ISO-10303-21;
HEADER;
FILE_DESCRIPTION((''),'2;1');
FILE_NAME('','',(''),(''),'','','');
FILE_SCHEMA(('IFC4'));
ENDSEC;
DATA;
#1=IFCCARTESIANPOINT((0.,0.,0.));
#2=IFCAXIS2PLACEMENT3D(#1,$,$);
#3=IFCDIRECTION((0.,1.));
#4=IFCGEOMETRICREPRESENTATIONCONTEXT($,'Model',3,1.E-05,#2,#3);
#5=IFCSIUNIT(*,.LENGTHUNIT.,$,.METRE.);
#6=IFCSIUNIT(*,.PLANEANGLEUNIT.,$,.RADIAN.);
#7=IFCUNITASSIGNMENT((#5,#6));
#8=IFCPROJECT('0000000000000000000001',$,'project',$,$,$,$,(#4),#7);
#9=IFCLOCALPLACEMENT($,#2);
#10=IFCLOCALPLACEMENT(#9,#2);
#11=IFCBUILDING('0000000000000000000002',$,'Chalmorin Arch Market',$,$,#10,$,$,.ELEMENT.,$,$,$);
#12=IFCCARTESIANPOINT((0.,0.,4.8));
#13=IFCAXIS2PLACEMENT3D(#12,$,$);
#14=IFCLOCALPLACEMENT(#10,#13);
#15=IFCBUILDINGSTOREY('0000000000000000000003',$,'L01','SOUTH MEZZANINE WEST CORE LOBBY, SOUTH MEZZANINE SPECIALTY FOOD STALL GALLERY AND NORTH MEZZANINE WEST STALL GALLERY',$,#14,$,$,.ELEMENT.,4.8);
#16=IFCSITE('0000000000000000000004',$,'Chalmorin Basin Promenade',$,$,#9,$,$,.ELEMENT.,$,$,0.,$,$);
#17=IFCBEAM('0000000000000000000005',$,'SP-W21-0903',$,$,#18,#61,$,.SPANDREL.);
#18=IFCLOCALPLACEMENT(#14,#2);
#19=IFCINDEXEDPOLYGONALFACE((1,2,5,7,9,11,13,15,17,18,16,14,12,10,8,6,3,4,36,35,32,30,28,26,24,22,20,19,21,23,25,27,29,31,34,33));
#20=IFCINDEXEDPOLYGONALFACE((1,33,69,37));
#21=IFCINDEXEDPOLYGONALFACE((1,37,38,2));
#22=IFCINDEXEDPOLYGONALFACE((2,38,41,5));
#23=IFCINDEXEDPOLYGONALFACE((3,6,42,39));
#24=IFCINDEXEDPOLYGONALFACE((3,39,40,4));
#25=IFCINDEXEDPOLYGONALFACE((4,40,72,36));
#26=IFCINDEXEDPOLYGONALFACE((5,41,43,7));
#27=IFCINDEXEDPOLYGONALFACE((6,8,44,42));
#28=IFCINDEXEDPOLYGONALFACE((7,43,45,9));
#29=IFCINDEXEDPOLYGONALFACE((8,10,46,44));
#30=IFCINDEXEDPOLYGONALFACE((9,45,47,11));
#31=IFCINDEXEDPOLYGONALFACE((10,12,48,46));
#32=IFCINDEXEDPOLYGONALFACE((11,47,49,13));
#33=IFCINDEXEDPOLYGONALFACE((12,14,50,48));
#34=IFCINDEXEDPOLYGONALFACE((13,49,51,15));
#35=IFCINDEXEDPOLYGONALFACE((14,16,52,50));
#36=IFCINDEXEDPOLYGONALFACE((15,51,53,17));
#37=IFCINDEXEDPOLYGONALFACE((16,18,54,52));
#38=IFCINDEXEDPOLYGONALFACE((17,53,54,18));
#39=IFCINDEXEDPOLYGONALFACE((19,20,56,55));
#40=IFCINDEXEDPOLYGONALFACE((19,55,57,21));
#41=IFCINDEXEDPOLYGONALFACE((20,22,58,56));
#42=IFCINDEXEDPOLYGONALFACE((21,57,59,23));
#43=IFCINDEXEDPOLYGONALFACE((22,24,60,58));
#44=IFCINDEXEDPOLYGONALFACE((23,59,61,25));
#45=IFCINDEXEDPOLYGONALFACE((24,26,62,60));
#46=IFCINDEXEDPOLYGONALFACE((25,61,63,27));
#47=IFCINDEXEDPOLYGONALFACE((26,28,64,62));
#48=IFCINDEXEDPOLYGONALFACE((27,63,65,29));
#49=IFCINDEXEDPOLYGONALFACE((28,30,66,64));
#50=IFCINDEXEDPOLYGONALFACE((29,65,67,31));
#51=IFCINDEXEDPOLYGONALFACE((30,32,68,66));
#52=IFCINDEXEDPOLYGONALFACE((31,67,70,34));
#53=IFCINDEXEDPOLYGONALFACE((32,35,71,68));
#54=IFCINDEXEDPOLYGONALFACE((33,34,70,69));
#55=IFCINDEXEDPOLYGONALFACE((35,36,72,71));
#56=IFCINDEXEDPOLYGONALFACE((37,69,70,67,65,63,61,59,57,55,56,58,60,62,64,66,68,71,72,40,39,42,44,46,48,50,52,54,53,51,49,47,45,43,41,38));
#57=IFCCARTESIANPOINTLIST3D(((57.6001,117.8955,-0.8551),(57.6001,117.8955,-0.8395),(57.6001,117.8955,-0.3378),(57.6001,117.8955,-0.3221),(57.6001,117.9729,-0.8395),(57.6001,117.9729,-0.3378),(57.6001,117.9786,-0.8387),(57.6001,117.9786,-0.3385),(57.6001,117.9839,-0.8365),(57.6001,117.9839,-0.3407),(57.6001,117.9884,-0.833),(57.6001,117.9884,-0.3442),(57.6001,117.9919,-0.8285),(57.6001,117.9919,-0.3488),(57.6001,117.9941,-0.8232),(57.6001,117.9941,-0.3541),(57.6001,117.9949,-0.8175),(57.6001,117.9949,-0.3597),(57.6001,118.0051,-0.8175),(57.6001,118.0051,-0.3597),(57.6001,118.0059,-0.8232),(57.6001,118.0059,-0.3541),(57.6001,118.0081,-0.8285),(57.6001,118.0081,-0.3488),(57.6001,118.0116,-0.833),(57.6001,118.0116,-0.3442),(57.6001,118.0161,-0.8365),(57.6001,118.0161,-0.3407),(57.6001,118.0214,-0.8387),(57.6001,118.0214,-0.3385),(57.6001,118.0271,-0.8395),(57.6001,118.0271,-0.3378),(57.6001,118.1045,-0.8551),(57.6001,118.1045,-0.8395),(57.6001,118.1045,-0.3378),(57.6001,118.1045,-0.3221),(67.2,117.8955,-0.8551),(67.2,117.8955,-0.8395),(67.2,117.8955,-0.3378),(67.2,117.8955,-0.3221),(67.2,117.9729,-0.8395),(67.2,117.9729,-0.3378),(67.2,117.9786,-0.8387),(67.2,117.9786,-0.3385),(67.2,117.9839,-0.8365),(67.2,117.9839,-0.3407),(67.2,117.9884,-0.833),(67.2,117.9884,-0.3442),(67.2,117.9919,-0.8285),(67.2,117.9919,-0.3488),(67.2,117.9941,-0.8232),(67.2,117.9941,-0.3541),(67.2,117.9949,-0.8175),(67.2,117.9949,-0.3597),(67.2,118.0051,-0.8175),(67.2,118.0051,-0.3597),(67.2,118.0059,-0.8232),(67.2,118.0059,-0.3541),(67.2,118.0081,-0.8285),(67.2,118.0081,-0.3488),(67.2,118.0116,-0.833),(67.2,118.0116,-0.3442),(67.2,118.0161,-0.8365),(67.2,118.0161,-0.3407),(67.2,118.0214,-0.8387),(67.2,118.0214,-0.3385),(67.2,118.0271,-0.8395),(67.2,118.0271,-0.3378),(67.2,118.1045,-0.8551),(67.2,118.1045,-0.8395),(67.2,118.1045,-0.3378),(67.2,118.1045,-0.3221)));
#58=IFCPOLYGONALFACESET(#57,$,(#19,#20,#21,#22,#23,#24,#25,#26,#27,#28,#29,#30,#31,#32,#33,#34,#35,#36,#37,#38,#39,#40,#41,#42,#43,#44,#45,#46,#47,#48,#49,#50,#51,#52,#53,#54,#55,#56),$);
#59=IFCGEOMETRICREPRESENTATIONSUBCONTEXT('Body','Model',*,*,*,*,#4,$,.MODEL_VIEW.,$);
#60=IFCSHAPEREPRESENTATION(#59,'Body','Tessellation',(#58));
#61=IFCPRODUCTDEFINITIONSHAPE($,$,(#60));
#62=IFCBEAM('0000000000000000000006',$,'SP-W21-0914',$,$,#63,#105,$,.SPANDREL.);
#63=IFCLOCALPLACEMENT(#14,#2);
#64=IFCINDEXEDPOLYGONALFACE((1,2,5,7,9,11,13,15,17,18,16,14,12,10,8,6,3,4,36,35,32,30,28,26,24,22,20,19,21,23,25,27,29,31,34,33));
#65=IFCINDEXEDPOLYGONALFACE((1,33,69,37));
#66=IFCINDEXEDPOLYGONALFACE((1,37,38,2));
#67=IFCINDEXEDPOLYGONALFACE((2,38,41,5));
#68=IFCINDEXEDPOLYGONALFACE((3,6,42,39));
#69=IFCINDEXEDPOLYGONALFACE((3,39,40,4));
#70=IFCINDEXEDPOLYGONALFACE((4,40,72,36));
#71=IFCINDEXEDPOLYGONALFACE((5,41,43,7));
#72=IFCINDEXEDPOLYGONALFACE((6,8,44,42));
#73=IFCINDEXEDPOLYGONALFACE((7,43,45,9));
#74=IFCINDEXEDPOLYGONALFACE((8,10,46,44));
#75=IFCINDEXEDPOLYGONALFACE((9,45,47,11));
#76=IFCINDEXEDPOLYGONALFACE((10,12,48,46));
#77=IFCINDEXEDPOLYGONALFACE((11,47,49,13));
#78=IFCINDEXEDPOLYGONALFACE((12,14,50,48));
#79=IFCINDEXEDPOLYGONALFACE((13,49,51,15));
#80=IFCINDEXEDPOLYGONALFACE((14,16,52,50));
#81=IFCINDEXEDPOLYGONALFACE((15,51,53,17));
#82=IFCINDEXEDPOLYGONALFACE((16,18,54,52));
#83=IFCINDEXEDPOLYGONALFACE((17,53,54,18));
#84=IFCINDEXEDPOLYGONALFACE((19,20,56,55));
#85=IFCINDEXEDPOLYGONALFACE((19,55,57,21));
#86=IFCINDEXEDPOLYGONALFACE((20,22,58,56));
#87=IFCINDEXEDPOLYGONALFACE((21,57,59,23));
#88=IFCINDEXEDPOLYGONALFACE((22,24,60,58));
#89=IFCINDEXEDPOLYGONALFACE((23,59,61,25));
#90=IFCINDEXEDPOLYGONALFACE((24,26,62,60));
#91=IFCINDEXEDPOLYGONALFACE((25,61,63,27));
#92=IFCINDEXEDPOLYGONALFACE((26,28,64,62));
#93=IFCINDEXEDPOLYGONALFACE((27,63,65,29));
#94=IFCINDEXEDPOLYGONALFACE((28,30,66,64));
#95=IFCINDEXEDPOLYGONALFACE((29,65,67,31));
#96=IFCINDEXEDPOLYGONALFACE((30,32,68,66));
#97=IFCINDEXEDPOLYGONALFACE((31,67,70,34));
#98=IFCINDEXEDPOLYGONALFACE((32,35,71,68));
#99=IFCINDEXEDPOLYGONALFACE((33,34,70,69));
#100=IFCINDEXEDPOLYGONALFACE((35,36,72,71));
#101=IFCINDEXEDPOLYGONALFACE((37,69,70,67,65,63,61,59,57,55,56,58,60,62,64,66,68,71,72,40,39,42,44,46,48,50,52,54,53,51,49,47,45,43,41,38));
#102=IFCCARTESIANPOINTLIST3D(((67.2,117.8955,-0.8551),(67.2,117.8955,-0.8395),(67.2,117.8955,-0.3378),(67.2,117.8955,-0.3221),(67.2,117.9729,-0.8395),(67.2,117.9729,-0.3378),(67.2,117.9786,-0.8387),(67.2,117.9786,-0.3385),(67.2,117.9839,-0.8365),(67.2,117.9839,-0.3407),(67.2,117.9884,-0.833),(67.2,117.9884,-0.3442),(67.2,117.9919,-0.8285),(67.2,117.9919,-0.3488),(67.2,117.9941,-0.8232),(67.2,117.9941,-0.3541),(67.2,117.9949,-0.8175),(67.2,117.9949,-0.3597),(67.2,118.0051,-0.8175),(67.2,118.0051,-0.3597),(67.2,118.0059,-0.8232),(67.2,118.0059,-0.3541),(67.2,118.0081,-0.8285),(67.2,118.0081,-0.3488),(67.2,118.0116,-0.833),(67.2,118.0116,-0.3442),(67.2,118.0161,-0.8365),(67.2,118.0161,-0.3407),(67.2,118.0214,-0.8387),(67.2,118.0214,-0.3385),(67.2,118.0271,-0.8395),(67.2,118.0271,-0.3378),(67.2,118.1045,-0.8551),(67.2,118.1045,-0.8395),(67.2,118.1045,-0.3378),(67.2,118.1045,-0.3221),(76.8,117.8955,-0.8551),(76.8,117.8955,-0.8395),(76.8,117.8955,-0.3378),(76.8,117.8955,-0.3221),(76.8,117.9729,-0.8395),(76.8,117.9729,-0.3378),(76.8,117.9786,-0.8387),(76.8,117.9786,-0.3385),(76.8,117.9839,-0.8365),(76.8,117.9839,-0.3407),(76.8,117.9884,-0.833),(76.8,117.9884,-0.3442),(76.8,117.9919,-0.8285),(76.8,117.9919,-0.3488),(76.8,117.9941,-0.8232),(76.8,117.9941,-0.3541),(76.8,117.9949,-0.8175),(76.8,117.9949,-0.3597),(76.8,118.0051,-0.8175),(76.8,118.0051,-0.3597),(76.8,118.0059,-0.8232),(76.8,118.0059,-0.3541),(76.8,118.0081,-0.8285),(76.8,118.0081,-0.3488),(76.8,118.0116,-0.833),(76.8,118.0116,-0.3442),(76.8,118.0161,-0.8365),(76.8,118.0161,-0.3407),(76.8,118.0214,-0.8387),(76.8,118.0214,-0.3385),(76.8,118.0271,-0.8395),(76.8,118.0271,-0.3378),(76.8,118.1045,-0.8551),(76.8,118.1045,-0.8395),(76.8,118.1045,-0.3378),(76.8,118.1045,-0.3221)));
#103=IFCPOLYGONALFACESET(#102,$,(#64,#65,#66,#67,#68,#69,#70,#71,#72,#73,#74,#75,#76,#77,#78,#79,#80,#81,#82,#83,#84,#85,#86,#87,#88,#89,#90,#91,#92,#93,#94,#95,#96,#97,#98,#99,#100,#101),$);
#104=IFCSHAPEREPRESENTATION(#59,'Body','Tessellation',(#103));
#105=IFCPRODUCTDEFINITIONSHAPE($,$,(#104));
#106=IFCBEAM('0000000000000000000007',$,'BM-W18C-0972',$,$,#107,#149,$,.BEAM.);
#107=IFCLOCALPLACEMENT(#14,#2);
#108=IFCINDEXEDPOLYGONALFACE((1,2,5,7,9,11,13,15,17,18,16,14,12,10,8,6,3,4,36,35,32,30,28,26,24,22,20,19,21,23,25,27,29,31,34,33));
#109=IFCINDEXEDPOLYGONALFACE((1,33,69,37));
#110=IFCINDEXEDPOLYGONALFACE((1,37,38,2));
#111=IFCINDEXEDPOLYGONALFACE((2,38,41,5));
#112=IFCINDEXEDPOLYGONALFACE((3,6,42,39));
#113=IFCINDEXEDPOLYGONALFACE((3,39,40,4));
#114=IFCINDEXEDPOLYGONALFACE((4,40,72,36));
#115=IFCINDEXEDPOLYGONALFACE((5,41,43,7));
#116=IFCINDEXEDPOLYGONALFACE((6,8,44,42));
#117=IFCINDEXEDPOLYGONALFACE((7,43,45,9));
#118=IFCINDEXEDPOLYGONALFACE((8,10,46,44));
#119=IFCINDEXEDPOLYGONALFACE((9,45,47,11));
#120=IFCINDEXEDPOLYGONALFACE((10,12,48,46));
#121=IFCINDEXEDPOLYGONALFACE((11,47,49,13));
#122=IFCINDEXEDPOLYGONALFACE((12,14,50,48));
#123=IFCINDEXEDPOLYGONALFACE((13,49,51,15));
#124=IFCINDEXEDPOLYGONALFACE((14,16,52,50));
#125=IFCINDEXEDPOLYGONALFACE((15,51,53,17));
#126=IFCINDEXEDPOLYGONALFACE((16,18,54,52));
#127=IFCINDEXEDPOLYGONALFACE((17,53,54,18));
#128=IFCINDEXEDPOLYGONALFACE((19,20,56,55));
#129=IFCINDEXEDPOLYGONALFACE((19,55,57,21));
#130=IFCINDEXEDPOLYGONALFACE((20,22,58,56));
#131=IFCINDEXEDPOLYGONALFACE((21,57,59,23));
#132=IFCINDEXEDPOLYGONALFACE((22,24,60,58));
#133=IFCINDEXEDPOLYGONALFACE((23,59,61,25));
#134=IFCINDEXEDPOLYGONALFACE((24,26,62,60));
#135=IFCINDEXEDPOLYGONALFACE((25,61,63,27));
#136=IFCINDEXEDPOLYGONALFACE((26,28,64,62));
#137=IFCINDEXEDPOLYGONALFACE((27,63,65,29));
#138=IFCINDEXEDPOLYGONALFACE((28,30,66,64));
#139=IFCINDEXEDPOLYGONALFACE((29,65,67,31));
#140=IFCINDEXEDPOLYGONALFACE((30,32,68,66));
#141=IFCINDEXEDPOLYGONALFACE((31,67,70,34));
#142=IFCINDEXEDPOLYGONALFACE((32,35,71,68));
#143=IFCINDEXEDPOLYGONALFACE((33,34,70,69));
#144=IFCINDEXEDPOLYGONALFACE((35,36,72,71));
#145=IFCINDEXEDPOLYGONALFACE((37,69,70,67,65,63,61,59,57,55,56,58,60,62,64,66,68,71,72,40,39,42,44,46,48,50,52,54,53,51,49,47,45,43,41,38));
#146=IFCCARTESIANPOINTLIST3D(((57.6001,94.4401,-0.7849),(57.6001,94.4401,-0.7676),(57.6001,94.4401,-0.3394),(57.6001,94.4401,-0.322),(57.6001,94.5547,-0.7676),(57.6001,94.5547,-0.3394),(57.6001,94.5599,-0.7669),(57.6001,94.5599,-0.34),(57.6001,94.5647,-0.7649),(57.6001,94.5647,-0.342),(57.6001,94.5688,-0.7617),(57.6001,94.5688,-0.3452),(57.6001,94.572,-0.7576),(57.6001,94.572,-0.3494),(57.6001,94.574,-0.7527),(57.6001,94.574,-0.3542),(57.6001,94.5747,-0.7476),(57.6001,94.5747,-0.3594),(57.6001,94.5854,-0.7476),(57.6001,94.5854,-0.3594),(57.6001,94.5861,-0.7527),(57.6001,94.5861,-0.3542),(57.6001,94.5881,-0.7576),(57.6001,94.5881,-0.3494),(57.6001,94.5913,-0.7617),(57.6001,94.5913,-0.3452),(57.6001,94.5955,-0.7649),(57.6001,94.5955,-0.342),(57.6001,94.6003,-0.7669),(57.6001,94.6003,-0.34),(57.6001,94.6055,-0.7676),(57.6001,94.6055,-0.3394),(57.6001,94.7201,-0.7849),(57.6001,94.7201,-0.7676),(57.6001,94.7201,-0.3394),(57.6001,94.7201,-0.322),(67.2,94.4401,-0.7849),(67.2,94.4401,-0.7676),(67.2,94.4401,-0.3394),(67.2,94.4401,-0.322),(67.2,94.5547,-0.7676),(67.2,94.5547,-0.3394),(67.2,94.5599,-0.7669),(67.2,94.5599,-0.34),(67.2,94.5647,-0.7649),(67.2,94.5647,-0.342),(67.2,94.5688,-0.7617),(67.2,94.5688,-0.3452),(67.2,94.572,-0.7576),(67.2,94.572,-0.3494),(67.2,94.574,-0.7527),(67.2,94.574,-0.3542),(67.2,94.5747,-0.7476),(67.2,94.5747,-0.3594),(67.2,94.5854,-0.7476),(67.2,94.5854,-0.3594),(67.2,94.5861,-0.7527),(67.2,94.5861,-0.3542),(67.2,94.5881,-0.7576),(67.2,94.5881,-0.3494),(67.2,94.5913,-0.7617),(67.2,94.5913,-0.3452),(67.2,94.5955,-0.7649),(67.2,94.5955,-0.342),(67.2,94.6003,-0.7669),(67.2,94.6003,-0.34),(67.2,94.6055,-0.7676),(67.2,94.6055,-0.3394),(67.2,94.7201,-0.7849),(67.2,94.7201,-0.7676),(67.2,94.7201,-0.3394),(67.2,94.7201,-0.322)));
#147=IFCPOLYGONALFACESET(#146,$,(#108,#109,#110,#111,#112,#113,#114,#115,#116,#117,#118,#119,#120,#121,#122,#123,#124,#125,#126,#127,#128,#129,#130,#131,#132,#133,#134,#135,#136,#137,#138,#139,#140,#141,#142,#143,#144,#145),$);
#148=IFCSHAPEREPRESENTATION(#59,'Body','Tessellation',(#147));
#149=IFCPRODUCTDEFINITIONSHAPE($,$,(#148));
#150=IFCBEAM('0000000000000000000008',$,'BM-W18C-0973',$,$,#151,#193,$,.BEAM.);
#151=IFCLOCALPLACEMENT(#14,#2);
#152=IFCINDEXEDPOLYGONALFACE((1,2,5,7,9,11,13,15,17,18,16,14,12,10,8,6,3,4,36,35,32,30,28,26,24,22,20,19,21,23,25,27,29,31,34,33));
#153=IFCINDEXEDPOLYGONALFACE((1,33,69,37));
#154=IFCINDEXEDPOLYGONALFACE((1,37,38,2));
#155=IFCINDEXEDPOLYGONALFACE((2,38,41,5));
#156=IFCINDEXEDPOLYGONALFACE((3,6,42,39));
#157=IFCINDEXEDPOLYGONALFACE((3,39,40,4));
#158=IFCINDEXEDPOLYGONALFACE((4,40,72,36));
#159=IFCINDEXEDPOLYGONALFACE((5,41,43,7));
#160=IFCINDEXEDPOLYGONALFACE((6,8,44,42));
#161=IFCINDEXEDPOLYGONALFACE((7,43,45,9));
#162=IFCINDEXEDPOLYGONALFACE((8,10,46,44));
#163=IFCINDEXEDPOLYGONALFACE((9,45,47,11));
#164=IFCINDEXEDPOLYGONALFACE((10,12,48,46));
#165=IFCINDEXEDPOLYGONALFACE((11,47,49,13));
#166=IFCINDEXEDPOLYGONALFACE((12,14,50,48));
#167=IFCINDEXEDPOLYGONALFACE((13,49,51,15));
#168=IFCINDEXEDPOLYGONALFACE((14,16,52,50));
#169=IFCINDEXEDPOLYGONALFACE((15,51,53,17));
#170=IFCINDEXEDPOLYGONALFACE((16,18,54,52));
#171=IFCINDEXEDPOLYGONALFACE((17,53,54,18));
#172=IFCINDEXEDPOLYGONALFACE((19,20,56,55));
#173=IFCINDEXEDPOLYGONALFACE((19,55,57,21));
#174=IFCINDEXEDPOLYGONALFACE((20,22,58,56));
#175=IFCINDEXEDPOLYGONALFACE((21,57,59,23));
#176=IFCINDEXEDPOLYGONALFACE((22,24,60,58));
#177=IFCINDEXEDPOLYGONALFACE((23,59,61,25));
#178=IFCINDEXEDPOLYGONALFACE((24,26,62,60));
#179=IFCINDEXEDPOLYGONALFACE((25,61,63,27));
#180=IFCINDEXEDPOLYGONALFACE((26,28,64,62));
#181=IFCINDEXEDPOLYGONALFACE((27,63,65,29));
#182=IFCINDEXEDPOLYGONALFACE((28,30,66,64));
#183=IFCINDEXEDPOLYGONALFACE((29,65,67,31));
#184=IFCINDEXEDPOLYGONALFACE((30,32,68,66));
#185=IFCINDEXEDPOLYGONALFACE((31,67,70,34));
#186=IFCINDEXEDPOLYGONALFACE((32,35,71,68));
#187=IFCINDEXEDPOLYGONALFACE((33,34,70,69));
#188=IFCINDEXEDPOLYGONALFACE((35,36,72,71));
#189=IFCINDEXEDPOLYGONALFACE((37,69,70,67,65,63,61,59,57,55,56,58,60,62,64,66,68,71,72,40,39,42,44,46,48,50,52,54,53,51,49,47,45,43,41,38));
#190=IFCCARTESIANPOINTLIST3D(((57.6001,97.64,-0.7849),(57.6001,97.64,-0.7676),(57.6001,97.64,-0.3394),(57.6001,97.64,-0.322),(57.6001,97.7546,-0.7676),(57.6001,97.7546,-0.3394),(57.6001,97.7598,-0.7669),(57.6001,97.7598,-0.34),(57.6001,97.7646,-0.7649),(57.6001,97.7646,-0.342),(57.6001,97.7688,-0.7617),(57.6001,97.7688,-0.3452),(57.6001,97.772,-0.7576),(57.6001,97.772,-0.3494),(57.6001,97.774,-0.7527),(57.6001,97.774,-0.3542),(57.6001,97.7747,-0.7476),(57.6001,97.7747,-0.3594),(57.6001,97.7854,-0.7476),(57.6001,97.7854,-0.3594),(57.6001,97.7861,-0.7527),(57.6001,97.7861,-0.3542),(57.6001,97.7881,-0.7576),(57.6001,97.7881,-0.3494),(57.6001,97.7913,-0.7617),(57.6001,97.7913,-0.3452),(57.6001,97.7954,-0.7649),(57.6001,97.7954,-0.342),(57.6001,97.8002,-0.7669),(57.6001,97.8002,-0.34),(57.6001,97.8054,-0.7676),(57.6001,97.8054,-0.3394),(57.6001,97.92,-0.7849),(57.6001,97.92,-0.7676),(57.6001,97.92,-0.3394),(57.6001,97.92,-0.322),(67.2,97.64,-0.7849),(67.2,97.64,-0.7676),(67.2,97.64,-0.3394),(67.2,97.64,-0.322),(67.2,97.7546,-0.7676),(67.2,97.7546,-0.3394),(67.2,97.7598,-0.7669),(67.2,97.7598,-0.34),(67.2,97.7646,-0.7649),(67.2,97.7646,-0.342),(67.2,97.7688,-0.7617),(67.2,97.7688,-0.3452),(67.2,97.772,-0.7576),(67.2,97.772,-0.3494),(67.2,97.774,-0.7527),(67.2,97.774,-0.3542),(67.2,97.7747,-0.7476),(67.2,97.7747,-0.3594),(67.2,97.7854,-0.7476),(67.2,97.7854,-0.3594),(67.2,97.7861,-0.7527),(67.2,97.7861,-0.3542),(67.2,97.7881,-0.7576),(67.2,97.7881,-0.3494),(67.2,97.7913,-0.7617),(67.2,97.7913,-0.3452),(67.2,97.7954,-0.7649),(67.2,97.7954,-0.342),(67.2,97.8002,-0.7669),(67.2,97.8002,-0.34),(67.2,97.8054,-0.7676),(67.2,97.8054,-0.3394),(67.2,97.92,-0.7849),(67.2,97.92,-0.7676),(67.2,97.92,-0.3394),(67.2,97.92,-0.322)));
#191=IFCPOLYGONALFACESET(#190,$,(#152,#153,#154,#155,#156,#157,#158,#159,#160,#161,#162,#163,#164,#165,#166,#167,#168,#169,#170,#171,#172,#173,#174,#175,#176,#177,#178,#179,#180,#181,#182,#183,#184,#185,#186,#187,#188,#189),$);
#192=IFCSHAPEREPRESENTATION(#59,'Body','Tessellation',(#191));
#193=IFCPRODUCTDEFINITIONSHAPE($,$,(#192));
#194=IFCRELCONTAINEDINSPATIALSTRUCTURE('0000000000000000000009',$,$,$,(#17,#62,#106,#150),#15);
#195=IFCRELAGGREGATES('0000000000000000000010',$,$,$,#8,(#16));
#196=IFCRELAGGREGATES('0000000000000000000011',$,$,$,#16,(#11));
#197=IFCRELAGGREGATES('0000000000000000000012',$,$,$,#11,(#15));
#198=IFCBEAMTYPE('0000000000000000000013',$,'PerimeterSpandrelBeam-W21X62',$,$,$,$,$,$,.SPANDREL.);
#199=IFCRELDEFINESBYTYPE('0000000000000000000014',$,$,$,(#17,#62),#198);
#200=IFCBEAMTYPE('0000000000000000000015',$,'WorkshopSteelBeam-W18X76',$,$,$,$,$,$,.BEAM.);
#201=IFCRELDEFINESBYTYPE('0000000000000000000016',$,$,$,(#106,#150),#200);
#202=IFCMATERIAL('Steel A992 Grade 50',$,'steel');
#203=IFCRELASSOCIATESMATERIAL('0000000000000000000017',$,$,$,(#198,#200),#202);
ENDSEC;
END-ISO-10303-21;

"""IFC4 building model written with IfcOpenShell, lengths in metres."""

from ifc_helpers import new_model, si_unit, direction, frame, origin, origin_2d, place, context, subcontext, project, spatial, i_section, extrude, material, material_profile, profile_set, type_object, element, save


model = new_model("IFC4")

# Units and contexts
model_context = context("Model", 3, precision=1e-05, world=origin(), true_north=direction((0.0, 1.0)))
body_context = subcontext(model_context, "Body", "Model", "MODEL_VIEW")
ifc_project = project(units=[si_unit("LENGTHUNIT", "METRE"), si_unit("PLANEANGLEUNIT", "RADIAN")], contexts=[model_context])

# Site, building, storey
site_placement = place(None, origin())
site = spatial("IfcSite", under=ifc_project, at=site_placement, Name="Chalmorin Basin Promenade", CompositionType="ELEMENT", RefElevation=0.0)
building_placement = place(site_placement, origin())
building = spatial("IfcBuilding", under=site, at=building_placement, Name="Chalmorin Arch Market", CompositionType="ELEMENT")
storey_placement = place(building_placement, frame((0.0, 0.0, 4.8)))
storey = spatial("IfcBuildingStorey", under=building, at=storey_placement, Name="L01", Description="SOUTH MEZZANINE WEST CORE LOBBY, SOUTH MEZZANINE SPECIALTY FOOD STALL GALLERY AND NORTH MEZZANINE WEST STALL GALLERY", CompositionType="ELEMENT", Elevation=4.8)

# Beams
ifc_material_1 = material(Name="Steel A992 Grade 50", Category="steel")
ifc_material_profile_1 = material_profile(ifc_material_1, i_section(OverallWidth=0.209, OverallDepth=0.533, WebThickness=0.0103, FlangeThickness=0.0156, FilletRadius=0.022, at=origin_2d()), Name="W21X62")
ifc_profile_set_1 = profile_set([ifc_material_profile_1], Name="Steel A992 Grade 50")
beam_type_1 = type_object("IfcBeamType", Name="PerimeterSpandrelBeam-W21X62", PredefinedType="SPANDREL", material=ifc_profile_set_1)
beam_1_placement = place(storey_placement, frame((57.6001, 118.0, -0.5886), z_axis=(1.0, 0.0, 0.0), x_axis=(0.0, 1.0, 0.0)))
element("IfcBeam", 1, at=beam_1_placement, inside=storey, type_object=beam_type_1, Name="SP-W21-0903", PredefinedType="SPANDREL", context=body_context, shape_type="SweptSolid", body=[
    extrude(i_section(OverallWidth=0.209, OverallDepth=0.533, WebThickness=0.0103, FlangeThickness=0.0156, FilletRadius=0.022, at=origin_2d()), origin(), (0.0, 0.0, 1.0), 9.5999),
])
beam_2_placement = place(storey_placement, frame((67.2, 118.0, -0.5886), z_axis=(1.0, 0.0, 0.0), x_axis=(0.0, 1.0, 0.0)))
element("IfcBeam", 2, at=beam_2_placement, inside=storey, type_object=beam_type_1, Name="SP-W21-0914", PredefinedType="SPANDREL", context=body_context, shape_type="SweptSolid", body=[
    extrude(i_section(OverallWidth=0.209, OverallDepth=0.533, WebThickness=0.0103, FlangeThickness=0.0156, FilletRadius=0.022, at=origin_2d()), origin(), (0.0, 0.0, 1.0), 9.6001),
])
ifc_material_profile_2 = material_profile(ifc_material_1, i_section(OverallWidth=0.28, OverallDepth=0.4629, WebThickness=0.0107, FlangeThickness=0.0173, FilletRadius=0.02, at=origin_2d()), Name="W18X76")
ifc_profile_set_2 = profile_set([ifc_material_profile_2], Name="Steel A992 Grade 50")
beam_type_2 = type_object("IfcBeamType", Name="WorkshopSteelBeam-W18X76", PredefinedType="BEAM", material=ifc_profile_set_2)
for number, where, z_axis, x_axis, name in (
    (3, (57.6001, 94.5801, -0.5535), (1.0, 0.0, 0.0), (0.0, 1.0, 0.0), "BM-W18C-0972"),
    (4, (57.6001, 97.78, -0.5535), (1.0, 0.0, 0.0), (0.0, 1.0, 0.0), "BM-W18C-0973"),
):
    element("IfcBeam", number, at=place(storey_placement, frame(where, z_axis=z_axis, x_axis=x_axis)), inside=storey, type_object=beam_type_2, Name=name, PredefinedType="BEAM", context=body_context, shape_type="SweptSolid", body=[
        extrude(i_section(OverallWidth=0.28, OverallDepth=0.4629, WebThickness=0.0107, FlangeThickness=0.0173, FilletRadius=0.02, at=origin_2d()), origin(), (0.0, 0.0, 1.0), 9.5999),
    ])

save(model, "model.ifc")
